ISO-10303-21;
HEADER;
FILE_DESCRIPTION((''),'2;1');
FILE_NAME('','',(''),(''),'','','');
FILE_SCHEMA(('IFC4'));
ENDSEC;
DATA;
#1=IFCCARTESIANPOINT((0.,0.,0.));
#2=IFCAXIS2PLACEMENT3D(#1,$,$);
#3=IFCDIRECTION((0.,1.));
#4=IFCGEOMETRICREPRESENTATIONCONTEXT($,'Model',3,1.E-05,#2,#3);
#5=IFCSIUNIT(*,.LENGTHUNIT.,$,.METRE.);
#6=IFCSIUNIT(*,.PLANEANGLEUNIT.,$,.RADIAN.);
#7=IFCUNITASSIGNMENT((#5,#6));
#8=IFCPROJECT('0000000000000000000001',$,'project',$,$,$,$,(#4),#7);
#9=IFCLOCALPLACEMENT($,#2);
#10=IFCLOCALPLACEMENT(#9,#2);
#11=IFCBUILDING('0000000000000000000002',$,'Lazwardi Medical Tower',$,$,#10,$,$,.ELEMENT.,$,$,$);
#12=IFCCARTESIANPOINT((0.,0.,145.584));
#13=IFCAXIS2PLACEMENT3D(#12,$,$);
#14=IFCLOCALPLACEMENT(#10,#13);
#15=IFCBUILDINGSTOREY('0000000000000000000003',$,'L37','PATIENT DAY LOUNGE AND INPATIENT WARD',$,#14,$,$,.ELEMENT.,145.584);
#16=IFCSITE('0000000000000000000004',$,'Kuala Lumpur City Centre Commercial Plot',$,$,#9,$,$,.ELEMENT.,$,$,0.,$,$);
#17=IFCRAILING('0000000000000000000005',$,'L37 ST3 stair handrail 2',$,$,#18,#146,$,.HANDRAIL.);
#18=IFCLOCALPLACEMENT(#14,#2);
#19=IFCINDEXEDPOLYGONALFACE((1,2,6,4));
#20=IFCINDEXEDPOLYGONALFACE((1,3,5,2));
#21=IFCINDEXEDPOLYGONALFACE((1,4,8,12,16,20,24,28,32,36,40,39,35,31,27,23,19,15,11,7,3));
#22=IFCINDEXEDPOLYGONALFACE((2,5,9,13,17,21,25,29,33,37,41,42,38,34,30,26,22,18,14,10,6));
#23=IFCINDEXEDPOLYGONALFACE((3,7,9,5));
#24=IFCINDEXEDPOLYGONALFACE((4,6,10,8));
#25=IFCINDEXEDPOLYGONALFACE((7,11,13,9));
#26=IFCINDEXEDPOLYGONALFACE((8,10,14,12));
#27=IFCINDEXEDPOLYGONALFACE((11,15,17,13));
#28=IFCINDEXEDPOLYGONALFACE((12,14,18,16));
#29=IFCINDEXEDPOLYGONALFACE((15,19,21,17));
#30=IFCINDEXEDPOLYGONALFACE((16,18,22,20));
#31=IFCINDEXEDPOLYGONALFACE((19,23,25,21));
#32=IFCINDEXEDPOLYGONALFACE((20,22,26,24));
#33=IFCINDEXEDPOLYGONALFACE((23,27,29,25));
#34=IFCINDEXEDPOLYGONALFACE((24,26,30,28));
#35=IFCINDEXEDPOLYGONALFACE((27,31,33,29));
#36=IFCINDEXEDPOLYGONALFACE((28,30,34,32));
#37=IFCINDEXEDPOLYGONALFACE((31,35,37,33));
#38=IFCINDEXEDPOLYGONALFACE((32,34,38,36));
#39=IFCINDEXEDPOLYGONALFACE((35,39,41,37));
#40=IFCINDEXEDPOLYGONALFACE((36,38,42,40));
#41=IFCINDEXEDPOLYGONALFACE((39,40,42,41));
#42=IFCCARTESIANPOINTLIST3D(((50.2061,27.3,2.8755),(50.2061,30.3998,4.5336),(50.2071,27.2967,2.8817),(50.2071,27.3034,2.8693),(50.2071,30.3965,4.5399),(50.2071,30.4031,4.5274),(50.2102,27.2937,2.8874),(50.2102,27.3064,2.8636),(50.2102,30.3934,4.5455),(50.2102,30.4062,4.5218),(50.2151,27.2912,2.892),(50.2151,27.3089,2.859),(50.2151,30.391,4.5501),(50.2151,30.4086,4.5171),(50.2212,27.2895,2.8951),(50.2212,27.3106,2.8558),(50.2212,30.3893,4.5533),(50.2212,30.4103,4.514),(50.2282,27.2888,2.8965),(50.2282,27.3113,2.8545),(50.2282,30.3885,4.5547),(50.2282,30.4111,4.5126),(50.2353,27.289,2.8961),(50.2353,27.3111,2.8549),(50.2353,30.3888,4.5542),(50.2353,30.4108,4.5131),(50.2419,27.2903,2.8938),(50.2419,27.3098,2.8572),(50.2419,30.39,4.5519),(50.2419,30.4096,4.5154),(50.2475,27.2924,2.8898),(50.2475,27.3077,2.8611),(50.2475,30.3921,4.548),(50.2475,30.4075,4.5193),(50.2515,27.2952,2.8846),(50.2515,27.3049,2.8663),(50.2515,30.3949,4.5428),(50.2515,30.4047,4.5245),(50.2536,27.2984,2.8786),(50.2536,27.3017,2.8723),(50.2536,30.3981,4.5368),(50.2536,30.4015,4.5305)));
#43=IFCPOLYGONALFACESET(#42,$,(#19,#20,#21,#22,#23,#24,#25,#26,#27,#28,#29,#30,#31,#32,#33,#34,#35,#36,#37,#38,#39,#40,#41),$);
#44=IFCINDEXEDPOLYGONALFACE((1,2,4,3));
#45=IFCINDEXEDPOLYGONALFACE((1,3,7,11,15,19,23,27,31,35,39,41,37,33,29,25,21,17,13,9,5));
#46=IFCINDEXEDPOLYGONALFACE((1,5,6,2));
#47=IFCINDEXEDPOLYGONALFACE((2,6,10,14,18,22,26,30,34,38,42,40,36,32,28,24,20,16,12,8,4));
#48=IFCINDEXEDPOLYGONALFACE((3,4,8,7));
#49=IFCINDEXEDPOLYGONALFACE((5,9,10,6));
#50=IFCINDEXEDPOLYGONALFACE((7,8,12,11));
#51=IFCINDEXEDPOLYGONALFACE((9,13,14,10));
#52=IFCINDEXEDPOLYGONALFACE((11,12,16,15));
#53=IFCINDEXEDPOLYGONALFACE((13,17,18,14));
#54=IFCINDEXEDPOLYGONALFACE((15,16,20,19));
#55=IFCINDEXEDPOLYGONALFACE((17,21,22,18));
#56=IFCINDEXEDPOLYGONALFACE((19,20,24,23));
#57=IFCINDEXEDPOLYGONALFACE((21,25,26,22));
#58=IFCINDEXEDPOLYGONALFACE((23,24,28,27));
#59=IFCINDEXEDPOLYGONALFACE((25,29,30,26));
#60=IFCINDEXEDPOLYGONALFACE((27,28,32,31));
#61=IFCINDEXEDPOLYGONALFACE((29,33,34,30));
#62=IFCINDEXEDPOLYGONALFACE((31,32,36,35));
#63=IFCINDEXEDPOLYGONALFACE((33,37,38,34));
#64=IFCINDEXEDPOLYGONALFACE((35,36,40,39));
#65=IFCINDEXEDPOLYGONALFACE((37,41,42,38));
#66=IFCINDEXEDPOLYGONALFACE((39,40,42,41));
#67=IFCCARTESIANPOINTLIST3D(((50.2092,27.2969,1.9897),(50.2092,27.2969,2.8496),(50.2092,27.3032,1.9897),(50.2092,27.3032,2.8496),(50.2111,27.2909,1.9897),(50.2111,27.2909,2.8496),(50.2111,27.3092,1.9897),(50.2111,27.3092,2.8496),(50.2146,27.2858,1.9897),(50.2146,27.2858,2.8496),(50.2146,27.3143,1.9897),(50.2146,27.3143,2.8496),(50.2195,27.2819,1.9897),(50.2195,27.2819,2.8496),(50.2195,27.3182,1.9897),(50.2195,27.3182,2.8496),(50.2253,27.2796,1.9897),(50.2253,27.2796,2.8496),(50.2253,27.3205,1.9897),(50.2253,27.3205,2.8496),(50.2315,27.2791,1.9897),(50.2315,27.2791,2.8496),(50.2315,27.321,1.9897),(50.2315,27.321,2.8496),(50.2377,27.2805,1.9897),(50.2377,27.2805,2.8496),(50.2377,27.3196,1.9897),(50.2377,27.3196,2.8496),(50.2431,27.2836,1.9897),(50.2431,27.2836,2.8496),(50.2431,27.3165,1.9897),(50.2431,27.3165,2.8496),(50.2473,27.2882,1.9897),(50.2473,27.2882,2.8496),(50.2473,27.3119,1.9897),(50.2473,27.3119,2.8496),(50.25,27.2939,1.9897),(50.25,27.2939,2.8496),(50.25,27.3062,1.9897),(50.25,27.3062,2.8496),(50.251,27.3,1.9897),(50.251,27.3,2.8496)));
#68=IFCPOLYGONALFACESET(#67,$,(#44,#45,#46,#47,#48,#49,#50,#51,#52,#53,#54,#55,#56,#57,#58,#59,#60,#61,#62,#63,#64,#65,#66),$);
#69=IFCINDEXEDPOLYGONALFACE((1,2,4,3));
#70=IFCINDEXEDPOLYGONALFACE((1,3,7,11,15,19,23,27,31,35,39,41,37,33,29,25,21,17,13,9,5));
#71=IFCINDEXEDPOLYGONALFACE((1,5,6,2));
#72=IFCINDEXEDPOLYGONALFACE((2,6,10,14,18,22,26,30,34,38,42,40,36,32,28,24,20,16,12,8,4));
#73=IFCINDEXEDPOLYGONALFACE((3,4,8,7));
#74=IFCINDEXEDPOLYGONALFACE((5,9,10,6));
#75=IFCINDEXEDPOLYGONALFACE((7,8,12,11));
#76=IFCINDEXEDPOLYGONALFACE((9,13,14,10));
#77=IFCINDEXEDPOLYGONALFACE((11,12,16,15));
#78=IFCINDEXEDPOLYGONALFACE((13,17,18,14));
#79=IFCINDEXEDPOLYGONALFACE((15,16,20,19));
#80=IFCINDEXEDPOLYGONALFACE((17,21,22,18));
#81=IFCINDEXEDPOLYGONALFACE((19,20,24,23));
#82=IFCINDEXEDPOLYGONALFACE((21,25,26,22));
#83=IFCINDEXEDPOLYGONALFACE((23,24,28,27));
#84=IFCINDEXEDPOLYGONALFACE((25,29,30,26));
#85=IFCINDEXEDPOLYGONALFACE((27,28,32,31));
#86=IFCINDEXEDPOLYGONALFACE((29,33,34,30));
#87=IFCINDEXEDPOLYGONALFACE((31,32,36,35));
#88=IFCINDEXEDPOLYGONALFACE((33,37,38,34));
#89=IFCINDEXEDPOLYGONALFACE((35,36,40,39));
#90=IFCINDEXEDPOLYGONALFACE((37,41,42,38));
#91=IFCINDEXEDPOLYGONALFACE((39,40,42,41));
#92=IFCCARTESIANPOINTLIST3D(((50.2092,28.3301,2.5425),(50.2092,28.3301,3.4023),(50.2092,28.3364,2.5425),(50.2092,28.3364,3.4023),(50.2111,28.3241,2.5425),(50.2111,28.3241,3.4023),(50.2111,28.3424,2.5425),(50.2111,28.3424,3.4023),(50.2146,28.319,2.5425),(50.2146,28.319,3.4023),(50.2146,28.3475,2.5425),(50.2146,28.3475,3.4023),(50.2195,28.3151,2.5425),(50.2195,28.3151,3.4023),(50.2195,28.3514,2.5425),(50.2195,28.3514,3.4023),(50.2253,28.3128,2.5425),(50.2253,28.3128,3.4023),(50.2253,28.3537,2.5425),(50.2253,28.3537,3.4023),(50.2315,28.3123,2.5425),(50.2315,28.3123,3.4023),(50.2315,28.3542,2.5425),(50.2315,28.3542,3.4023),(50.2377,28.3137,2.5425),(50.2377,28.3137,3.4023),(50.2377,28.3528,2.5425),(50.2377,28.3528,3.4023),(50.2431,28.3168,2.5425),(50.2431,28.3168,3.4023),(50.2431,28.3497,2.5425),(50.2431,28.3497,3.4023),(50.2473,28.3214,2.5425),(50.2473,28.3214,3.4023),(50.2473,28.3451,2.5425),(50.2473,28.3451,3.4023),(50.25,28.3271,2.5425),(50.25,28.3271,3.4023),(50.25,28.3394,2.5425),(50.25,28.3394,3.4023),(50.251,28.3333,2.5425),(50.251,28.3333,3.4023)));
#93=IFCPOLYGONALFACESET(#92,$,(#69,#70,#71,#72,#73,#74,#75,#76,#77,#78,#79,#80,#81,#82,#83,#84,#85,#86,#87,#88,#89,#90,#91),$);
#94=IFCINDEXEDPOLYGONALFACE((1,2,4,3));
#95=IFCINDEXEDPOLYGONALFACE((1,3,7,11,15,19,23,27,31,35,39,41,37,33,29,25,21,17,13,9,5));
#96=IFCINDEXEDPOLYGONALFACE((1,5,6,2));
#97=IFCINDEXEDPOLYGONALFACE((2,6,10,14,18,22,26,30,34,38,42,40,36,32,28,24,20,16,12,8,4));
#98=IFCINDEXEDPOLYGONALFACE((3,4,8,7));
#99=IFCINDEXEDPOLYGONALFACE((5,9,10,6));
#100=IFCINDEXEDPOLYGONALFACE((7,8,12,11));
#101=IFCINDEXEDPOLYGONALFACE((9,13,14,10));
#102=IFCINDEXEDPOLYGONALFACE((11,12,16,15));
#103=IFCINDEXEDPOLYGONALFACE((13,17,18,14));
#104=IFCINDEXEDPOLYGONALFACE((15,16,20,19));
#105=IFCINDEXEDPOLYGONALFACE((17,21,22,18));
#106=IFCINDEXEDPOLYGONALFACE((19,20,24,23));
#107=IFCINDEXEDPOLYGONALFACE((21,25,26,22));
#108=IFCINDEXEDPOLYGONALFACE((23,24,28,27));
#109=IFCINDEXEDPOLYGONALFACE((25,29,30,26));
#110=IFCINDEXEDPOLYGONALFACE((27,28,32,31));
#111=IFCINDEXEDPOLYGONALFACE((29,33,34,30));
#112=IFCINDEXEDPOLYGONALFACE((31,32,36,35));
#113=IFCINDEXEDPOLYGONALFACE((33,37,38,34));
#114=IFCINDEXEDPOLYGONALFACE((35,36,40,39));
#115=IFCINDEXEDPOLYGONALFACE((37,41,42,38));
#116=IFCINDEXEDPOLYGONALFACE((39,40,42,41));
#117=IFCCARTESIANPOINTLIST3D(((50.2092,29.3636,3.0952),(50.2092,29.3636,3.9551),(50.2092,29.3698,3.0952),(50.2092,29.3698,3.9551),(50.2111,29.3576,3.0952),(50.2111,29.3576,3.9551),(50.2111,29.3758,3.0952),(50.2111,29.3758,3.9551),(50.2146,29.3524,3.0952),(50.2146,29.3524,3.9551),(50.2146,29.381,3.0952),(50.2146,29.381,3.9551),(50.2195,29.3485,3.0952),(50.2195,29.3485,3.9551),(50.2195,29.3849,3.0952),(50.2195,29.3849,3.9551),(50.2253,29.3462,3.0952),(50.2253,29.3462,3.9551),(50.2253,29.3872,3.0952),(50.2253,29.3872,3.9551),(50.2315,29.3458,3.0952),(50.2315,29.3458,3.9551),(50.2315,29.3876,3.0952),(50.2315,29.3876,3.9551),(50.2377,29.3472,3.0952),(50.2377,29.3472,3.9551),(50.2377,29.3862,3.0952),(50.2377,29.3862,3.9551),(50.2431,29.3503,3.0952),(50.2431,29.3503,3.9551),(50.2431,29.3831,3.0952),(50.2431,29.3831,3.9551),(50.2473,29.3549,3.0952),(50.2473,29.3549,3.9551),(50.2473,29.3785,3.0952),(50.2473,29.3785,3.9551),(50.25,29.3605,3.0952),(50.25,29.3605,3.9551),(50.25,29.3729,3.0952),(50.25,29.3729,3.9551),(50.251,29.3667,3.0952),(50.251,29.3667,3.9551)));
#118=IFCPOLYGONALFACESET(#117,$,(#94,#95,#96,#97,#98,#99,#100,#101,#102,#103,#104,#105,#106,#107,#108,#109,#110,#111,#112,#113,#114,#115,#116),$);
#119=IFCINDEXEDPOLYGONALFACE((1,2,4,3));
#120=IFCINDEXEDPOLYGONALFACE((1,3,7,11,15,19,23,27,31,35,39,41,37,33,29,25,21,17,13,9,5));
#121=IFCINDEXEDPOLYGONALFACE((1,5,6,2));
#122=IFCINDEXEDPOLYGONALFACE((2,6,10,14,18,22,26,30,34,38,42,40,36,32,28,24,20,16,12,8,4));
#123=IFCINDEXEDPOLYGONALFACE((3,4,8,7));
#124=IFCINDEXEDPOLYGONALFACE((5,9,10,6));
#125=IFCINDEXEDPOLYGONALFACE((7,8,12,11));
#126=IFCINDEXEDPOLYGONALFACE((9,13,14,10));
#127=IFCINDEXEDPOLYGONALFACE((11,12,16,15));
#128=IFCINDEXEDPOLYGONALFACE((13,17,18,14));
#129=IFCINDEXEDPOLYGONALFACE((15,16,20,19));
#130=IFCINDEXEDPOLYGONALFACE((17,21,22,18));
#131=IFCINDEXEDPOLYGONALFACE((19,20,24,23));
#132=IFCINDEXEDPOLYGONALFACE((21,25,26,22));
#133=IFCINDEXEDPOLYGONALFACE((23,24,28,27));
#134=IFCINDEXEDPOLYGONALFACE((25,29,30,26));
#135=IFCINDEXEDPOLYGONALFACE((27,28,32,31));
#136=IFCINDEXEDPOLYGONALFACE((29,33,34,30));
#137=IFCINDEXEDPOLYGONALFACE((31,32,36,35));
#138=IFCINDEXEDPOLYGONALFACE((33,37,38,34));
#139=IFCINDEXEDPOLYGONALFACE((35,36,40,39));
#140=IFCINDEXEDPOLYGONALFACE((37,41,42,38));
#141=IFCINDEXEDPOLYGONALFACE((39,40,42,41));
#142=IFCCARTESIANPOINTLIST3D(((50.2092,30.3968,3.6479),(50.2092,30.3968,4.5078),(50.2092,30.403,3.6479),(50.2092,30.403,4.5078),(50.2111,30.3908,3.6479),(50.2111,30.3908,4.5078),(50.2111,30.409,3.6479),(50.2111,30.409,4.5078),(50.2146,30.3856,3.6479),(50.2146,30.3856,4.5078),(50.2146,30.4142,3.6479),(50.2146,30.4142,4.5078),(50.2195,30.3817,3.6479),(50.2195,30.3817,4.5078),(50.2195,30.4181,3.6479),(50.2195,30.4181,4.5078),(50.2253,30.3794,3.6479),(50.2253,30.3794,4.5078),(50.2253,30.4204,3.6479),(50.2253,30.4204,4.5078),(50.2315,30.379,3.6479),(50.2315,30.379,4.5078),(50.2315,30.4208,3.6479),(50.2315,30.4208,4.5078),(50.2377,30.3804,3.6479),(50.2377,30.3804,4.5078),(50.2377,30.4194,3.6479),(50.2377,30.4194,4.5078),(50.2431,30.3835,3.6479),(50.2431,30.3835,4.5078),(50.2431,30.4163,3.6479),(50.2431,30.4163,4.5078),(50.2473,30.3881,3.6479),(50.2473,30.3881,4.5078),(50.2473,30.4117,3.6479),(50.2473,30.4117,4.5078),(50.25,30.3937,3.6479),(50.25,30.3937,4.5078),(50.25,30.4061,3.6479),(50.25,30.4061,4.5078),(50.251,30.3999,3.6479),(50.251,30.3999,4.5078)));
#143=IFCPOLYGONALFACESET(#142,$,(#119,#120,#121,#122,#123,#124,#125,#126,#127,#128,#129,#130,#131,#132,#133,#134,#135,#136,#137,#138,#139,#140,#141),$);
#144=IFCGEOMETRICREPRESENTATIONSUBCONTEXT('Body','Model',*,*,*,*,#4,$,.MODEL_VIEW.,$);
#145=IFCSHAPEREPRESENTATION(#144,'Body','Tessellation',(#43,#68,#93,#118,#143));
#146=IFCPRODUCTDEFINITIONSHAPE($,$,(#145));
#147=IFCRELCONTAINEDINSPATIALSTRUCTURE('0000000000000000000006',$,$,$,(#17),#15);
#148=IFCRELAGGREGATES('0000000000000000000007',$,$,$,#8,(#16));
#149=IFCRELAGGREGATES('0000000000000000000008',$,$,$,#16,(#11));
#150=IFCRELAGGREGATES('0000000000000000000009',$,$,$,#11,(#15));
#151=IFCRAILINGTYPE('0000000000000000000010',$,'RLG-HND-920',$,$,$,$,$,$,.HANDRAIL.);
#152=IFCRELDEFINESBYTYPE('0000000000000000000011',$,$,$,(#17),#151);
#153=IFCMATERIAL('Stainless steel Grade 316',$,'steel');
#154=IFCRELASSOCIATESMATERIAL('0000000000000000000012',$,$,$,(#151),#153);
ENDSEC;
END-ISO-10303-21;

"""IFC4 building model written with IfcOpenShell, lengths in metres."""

from ifc_helpers import new_model, si_unit, direction, frame, origin, origin_2d, place, context, subcontext, project, spatial, circle, extrude, material, type_object, element, save


model = new_model("IFC4")

# Units and contexts
model_context = context("Model", 3, precision=1e-05, world=origin(), true_north=direction((0.0, 1.0)))
body_context = subcontext(model_context, "Body", "Model", "MODEL_VIEW")
ifc_project = project(units=[si_unit("LENGTHUNIT", "METRE"), si_unit("PLANEANGLEUNIT", "RADIAN")], contexts=[model_context])

# Site, building, storey
site_placement = place(None, origin())
site = spatial("IfcSite", under=ifc_project, at=site_placement, Name="Kuala Lumpur City Centre Commercial Plot", CompositionType="ELEMENT", RefElevation=0.0)
building_placement = place(site_placement, origin())
building = spatial("IfcBuilding", under=site, at=building_placement, Name="Lazwardi Medical Tower", CompositionType="ELEMENT")
storey_placement = place(building_placement, frame((0.0, 0.0, 145.584)))
storey = spatial("IfcBuildingStorey", under=building, at=storey_placement, Name="L37", Description="PATIENT DAY LOUNGE AND INPATIENT WARD", CompositionType="ELEMENT", Elevation=145.584)

# Railing
ifc_material_1 = material(Name="Stainless steel Grade 316", Category="steel")
railing_type_1 = type_object("IfcRailingType", Name="RLG-HND-920", PredefinedType="HANDRAIL", material=ifc_material_1)
railing_1_placement = place(storey_placement, frame((50.23, 27.3, 1.9897)))
element("IfcRailing", 1, at=railing_1_placement, inside=storey, type_object=railing_type_1, Name="L37 ST3 stair handrail 2", PredefinedType="HANDRAIL", context=body_context, shape_type="SweptSolid", body=[
    extrude(circle(Radius=0.0239, at=origin_2d()), frame((0.0, 0.0, 0.8857), z_axis=(0.0, 0.881768, 0.471684), x_axis=(-1.0, 0.0, 0.0)), (0.0, 0.0, 1.0), 3.5154),
    extrude(circle(Radius=0.021, at=origin_2d()), origin(), (0.0, 0.0, 1.0), 0.8599),
    extrude(circle(Radius=0.021, at=origin_2d()), frame((0.0, 1.0332, 0.5527)), (0.0, 0.0, 1.0), 0.8599),
    extrude(circle(Radius=0.021, at=origin_2d()), frame((0.0, 2.0667, 1.1055)), (0.0, 0.0, 1.0), 0.8599),
    extrude(circle(Radius=0.021, at=origin_2d()), frame((0.0, 3.0999, 1.6582)), (0.0, 0.0, 1.0), 0.8599),
])

save(model, "model.ifc")
